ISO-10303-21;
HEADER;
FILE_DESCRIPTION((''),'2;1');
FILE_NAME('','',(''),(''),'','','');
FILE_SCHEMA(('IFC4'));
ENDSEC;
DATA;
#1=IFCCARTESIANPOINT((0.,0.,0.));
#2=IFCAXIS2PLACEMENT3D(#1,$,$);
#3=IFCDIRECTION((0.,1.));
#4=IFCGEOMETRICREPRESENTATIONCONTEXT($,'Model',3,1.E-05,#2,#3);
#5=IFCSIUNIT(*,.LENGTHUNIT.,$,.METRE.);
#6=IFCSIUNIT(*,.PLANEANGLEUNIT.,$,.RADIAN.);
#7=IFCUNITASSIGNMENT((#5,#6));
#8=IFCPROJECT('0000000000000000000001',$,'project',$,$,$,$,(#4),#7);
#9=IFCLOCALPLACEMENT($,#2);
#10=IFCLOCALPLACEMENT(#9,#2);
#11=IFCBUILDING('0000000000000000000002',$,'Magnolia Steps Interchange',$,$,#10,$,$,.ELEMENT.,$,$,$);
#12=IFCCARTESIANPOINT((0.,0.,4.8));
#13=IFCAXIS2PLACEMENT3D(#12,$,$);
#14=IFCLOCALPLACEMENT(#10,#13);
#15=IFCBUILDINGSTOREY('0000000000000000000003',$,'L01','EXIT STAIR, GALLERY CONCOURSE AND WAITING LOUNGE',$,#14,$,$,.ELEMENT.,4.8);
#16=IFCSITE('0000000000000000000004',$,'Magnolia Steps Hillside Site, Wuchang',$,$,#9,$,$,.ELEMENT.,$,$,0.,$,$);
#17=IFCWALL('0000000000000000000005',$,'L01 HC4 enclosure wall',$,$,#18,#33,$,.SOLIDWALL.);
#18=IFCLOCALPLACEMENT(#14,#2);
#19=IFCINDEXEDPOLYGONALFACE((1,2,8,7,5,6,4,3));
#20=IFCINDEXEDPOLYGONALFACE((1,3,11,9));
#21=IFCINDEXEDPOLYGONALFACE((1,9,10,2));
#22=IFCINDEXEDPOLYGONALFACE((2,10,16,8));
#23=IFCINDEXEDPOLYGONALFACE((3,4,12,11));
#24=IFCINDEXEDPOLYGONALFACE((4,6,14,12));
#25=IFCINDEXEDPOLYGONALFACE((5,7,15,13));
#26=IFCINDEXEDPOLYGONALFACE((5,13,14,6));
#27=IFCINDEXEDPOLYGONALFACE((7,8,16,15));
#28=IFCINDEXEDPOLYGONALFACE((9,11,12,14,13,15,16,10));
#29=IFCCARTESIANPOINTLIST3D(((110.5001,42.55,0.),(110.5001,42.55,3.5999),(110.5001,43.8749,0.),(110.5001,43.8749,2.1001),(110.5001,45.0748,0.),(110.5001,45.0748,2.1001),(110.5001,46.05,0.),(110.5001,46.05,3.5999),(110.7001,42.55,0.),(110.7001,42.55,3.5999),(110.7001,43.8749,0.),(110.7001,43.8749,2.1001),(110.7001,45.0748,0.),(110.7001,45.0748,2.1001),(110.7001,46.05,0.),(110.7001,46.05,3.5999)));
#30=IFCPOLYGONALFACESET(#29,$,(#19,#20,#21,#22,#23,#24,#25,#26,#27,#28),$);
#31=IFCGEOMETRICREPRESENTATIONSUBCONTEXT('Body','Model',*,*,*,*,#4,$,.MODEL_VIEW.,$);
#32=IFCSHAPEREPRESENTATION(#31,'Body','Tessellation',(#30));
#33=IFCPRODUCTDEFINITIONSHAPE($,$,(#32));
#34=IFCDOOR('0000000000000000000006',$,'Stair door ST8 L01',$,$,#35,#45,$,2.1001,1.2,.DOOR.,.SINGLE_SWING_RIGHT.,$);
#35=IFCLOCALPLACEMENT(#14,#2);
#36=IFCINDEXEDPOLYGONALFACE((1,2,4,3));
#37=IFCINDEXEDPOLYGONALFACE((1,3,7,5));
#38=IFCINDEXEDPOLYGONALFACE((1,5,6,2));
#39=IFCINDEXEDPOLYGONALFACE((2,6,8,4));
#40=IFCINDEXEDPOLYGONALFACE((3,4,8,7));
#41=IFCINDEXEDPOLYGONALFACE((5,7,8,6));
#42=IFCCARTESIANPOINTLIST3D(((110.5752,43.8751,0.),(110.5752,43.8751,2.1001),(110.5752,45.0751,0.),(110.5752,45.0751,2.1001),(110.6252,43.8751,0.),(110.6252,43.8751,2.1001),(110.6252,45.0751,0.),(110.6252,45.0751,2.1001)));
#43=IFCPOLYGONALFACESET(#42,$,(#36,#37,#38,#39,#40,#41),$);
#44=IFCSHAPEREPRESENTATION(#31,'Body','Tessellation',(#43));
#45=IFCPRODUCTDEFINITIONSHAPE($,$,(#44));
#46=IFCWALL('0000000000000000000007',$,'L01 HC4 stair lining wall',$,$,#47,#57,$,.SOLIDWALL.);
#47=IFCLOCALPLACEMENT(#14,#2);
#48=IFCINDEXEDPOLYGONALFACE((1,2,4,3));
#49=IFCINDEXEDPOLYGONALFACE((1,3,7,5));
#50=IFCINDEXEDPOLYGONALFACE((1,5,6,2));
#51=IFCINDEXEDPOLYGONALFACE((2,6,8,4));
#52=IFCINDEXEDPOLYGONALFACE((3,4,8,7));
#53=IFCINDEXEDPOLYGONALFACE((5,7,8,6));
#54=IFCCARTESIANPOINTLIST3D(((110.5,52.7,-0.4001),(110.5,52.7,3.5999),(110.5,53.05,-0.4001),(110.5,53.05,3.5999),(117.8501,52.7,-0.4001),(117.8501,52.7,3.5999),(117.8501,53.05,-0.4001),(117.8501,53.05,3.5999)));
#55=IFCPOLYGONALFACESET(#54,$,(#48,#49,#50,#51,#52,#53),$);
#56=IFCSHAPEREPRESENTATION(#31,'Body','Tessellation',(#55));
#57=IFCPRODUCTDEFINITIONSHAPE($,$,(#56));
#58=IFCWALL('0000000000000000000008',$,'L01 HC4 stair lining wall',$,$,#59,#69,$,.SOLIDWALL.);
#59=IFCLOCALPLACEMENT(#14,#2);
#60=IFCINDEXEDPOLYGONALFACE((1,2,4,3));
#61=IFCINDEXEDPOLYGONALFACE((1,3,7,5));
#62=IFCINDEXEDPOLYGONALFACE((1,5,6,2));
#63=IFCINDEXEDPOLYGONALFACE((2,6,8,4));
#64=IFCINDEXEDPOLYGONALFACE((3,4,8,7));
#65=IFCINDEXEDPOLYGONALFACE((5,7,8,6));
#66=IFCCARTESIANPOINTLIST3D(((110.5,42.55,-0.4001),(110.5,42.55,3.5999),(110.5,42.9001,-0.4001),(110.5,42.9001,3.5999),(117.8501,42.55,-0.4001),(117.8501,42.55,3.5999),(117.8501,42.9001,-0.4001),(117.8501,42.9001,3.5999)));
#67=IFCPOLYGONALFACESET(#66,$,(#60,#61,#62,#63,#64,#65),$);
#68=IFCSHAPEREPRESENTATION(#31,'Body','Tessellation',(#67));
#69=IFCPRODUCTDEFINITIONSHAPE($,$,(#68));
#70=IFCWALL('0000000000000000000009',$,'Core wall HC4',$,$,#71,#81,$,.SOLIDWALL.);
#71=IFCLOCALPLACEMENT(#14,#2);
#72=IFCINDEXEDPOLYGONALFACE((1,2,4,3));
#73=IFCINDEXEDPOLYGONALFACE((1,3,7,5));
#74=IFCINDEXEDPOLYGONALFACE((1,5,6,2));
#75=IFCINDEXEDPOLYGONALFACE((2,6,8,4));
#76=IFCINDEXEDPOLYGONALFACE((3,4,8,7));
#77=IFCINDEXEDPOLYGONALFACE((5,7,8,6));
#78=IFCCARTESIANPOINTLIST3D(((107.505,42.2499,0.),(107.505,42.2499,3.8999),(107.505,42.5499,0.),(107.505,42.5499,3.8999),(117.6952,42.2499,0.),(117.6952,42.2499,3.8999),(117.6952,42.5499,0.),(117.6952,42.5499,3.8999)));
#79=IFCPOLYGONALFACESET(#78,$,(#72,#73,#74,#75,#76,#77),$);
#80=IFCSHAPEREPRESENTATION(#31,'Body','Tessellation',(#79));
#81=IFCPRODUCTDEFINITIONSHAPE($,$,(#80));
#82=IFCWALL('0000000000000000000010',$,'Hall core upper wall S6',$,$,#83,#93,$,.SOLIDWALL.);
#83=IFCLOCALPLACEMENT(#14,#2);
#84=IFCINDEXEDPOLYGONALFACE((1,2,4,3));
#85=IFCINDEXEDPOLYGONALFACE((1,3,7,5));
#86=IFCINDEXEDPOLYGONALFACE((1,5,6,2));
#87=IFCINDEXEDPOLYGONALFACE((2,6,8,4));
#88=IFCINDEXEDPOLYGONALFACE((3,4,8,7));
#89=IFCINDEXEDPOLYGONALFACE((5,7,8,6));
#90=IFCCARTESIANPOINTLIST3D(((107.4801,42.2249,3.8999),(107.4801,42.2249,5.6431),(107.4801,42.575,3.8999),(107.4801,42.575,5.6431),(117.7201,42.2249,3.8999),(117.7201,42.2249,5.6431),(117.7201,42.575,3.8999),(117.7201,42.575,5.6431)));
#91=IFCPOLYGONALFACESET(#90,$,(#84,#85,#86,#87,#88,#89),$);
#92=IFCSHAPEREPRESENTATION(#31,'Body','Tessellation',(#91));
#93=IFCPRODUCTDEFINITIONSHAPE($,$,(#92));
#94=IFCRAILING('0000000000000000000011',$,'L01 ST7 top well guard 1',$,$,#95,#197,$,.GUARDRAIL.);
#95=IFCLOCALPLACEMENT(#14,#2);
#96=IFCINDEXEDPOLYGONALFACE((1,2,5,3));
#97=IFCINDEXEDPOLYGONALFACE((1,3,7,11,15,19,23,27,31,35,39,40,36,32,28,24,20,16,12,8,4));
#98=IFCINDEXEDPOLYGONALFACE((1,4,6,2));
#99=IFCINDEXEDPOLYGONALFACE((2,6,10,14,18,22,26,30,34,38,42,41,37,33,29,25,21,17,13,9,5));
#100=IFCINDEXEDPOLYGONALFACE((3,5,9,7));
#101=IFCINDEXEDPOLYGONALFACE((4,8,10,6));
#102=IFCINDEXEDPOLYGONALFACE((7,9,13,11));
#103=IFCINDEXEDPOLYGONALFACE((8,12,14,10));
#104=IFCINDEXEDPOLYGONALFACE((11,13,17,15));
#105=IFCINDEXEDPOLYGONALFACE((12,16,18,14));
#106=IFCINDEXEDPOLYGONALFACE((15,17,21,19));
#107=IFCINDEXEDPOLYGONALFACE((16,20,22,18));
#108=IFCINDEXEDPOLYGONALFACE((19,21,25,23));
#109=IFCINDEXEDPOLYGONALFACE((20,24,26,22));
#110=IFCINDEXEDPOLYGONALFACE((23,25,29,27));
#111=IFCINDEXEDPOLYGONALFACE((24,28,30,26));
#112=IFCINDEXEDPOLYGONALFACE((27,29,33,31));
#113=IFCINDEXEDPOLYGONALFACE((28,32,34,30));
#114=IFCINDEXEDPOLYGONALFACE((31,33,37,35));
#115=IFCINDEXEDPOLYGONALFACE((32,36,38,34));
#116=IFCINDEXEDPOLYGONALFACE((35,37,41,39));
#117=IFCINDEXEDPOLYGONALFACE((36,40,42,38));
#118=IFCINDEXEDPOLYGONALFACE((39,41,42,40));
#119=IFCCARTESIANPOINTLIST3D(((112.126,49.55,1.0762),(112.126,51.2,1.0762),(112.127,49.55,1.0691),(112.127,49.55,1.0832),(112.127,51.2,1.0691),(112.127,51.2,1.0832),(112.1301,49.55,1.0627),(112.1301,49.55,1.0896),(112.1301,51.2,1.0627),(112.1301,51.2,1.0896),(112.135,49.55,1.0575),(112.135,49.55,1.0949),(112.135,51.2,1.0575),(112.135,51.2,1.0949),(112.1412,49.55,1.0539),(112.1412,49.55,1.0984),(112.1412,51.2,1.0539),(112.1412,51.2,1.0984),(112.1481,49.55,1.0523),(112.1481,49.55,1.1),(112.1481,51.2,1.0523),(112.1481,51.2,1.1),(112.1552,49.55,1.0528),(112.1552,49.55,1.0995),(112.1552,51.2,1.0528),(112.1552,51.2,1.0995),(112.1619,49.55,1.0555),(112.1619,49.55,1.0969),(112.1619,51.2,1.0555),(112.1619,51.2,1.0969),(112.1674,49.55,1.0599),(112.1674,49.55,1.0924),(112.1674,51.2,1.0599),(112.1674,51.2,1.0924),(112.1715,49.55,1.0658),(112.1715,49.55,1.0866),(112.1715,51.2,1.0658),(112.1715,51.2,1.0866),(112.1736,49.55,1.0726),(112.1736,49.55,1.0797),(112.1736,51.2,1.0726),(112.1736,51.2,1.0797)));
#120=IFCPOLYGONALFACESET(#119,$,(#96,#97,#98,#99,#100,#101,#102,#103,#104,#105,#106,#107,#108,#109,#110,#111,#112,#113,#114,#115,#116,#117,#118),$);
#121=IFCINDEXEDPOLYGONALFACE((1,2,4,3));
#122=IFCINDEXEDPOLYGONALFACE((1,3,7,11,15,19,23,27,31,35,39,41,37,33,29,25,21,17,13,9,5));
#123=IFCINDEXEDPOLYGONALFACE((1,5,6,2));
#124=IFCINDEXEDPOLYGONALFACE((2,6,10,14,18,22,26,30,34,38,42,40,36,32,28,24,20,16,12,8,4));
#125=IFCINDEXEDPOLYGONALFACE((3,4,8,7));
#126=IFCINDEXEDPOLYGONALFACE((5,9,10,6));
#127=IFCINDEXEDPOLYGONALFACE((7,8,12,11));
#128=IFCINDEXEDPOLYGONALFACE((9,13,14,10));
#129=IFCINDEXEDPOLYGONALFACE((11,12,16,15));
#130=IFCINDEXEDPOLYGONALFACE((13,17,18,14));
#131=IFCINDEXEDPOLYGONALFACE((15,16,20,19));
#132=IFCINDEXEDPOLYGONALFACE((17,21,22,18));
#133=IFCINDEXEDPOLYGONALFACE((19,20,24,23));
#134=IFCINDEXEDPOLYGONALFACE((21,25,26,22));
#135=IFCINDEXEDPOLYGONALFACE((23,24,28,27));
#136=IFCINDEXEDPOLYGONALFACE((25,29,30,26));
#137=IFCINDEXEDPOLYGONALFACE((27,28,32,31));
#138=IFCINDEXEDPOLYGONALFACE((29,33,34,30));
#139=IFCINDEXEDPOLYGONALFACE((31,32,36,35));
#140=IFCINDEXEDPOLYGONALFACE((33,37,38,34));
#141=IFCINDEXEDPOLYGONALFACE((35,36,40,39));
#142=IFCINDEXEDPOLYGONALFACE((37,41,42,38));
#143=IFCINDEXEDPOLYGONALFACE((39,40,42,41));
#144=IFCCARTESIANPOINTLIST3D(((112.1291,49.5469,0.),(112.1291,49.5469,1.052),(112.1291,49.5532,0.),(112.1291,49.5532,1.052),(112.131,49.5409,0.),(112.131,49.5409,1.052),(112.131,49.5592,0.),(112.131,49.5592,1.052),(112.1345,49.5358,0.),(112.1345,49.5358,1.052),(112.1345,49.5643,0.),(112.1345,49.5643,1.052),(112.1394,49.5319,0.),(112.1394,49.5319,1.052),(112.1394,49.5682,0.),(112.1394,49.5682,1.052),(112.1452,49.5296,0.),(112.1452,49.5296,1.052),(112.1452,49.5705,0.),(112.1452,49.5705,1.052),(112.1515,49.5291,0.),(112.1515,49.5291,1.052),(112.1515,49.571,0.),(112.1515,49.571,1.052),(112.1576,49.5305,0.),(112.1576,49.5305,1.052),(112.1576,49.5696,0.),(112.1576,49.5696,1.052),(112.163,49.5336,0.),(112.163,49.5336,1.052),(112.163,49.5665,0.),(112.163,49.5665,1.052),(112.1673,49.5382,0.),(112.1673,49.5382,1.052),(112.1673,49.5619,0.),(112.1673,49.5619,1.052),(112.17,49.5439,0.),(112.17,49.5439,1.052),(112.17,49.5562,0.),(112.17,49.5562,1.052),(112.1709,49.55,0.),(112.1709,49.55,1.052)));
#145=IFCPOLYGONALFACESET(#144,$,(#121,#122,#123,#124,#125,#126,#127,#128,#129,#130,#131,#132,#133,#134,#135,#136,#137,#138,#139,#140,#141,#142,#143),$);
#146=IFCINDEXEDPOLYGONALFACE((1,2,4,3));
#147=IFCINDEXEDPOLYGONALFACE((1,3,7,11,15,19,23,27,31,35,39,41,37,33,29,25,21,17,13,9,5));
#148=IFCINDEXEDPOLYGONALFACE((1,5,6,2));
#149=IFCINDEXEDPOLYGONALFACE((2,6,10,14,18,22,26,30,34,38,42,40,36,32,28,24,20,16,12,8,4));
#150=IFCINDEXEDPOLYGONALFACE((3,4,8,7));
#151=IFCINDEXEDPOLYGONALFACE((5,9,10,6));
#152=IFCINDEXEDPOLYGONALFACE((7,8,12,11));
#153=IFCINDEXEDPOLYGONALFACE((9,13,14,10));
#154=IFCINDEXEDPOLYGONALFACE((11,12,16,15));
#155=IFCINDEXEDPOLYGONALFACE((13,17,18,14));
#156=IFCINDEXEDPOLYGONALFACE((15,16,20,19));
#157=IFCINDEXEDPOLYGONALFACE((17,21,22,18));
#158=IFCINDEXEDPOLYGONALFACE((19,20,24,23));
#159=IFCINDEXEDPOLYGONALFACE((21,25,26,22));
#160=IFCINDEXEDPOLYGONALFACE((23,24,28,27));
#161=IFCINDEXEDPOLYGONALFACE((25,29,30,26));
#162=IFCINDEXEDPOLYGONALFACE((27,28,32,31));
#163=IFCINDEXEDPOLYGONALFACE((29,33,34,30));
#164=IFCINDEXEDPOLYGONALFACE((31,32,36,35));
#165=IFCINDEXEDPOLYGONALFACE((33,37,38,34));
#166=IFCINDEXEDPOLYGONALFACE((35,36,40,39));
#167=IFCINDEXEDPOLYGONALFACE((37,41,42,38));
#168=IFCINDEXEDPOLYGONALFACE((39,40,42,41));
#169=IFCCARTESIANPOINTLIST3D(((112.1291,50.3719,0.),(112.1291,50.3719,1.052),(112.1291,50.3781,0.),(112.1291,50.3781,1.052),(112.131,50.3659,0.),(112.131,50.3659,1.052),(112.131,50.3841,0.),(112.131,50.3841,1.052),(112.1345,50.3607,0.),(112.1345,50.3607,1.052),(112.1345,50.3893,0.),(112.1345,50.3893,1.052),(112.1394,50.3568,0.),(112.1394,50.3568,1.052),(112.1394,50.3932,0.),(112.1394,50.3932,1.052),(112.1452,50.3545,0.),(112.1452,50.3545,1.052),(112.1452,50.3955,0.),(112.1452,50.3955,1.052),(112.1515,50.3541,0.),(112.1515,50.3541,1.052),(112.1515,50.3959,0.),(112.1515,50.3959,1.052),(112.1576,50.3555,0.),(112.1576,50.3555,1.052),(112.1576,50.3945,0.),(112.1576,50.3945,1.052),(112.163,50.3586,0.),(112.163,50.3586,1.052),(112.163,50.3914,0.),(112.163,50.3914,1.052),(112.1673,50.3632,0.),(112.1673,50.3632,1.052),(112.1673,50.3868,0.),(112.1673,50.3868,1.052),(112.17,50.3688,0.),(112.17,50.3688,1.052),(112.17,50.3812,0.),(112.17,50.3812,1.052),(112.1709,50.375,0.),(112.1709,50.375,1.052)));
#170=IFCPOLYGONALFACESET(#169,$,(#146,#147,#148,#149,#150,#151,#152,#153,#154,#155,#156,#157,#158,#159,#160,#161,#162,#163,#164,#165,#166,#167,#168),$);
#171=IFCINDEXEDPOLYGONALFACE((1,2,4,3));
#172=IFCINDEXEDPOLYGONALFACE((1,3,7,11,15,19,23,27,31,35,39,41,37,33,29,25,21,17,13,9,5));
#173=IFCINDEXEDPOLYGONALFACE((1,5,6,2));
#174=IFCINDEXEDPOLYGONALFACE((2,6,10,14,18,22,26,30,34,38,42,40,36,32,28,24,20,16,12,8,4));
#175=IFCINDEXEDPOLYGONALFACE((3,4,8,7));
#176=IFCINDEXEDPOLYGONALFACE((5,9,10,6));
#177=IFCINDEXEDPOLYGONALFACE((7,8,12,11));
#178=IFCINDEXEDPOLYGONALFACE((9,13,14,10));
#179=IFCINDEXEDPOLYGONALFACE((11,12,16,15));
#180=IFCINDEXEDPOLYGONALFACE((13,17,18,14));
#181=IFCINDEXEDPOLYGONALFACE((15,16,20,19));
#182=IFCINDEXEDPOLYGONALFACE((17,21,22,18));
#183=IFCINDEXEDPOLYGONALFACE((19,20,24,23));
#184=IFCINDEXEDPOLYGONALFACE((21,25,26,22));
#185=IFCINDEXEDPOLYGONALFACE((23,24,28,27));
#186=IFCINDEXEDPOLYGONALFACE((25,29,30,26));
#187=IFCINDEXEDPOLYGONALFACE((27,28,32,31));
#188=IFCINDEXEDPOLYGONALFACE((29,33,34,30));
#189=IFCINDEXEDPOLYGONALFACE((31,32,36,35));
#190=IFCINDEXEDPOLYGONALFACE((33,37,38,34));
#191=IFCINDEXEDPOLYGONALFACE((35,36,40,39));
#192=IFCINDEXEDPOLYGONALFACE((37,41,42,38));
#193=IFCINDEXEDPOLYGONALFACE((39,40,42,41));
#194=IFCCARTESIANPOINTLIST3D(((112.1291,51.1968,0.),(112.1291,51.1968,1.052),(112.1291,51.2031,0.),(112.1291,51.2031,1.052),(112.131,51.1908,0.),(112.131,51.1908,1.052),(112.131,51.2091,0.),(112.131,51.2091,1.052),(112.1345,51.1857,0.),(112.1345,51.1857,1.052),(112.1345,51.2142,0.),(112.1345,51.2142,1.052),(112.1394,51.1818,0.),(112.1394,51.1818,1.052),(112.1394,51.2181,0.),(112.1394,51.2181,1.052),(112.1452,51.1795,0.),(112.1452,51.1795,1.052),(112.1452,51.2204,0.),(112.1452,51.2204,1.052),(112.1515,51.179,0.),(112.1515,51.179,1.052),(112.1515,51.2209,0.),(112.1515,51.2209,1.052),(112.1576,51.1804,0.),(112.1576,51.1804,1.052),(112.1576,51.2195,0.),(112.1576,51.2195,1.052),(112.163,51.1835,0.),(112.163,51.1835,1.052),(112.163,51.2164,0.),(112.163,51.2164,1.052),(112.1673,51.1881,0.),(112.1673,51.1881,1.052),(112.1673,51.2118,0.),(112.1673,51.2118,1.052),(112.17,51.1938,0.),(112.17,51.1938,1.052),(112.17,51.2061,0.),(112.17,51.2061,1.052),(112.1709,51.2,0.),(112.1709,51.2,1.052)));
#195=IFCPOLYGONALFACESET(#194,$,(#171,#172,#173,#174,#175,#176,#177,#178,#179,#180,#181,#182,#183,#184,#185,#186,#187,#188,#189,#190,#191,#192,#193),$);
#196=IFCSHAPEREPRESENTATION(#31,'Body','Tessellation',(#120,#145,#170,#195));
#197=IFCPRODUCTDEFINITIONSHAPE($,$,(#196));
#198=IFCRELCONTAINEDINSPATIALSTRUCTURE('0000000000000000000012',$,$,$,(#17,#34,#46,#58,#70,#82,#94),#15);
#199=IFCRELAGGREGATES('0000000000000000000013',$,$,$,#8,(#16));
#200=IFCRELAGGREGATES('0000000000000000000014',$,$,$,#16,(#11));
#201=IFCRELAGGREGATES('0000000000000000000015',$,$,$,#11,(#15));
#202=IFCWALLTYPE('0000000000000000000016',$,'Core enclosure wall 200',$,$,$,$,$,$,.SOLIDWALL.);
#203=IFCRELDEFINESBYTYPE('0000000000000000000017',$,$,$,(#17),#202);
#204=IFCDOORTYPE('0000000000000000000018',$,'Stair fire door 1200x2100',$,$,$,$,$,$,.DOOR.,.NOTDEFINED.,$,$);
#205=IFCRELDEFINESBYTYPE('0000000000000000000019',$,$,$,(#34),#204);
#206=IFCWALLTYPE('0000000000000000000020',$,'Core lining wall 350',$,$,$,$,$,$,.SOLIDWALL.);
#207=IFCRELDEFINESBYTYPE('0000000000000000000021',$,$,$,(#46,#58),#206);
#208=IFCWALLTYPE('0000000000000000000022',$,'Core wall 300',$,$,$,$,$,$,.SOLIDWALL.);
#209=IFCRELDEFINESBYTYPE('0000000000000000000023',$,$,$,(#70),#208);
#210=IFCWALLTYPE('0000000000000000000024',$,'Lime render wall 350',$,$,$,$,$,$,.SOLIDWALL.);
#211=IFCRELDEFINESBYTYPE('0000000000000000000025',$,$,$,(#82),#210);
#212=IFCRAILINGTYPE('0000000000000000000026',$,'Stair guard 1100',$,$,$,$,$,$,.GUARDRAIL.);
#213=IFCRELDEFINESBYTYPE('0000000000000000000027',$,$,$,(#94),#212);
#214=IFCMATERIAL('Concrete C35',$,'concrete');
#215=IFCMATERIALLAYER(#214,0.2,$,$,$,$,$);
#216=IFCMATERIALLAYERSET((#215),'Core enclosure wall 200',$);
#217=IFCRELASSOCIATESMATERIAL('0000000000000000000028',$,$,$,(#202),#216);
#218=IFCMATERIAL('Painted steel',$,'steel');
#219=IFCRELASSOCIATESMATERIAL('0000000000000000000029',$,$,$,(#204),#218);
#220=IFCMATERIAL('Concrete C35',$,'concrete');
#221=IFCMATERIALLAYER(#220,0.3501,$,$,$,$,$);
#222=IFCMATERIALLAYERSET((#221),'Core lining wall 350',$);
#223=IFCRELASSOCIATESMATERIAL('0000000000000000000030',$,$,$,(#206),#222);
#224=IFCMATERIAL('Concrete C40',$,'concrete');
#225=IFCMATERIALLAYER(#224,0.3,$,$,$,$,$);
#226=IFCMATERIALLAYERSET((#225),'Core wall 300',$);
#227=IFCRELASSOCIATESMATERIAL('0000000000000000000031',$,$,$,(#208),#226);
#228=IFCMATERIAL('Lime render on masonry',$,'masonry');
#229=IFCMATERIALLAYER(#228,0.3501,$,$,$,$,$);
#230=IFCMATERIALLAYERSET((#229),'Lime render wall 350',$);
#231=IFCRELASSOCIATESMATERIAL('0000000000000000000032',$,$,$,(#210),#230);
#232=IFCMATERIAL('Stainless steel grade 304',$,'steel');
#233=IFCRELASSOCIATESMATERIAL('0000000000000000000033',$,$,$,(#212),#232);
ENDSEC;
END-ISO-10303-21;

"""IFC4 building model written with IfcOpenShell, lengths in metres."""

from ifc_helpers import new_model, si_unit, direction, frame, frame_2d, origin, origin_2d, place, context, subcontext, project, spatial, rectangle, circle, extrude, material, layer, layer_set, type_object, element, fill, save


model = new_model("IFC4")

# Units and contexts
model_context = context("Model", 3, precision=1e-05, world=origin(), true_north=direction((0.0, 1.0)))
body_context = subcontext(model_context, "Body", "Model", "MODEL_VIEW")
ifc_project = project(units=[si_unit("LENGTHUNIT", "METRE"), si_unit("PLANEANGLEUNIT", "RADIAN")], contexts=[model_context])

# Site, building, storey
site_placement = place(None, origin())
site = spatial("IfcSite", under=ifc_project, at=site_placement, Name="Magnolia Steps Hillside Site, Wuchang", CompositionType="ELEMENT", RefElevation=0.0)
building_placement = place(site_placement, origin())
building = spatial("IfcBuilding", under=site, at=building_placement, Name="Magnolia Steps Interchange", CompositionType="ELEMENT")
storey_placement = place(building_placement, frame((0.0, 0.0, 4.8)))
storey = spatial("IfcBuildingStorey", under=building, at=storey_placement, Name="L01", Description="EXIT STAIR, GALLERY CONCOURSE AND WAITING LOUNGE", CompositionType="ELEMENT", Elevation=4.8)

# Shared definitions
ifc_material_1 = material(Name="Concrete C35", Category="concrete")
ifc_layer_1 = layer(ifc_material_1, 0.2)
ifc_layer_set_1 = layer_set([ifc_layer_1], Name="Core enclosure wall 200")
wall_type_1 = type_object("IfcWallType", Name="Core enclosure wall 200", PredefinedType="SOLIDWALL", material=ifc_layer_set_1)

# Wall, opening, door
wall_1_placement = place(storey_placement, frame((110.6001, 46.05, 0.0), z_axis=(0.0, 0.0, 1.0), x_axis=(0.0, -1.0, 0.0)))
wall_1 = element("IfcWall", 1, at=wall_1_placement, inside=storey, type_object=wall_type_1, Name="L01 HC4 enclosure wall", PredefinedType="SOLIDWALL", context=body_context, shape_type="SweptSolid", body=[
    extrude(rectangle(XDim=3.5, YDim=0.2, at=frame_2d((1.75, 0.0))), origin(), (0.0, 0.0, 1.0), 3.5999),
])
opening_1_placement = place(wall_1_placement, frame((0.9751, 0.0, 0.0)))
opening_1 = element("IfcOpeningElement", 2, at=opening_1_placement, cuts=wall_1, PredefinedType="OPENING", context=body_context, shape_type="SweptSolid", body=[
    extrude(rectangle(XDim=1.2, YDim=2.1001, at=frame_2d((0.6001, 1.05))), frame((0.0, 0.1099, 0.0), z_axis=(0.0, -1.0, 0.0), x_axis=(1.0, 0.0, 0.0)), (0.0, 0.0, 1.0), 0.22),
])
ifc_material_2 = material(Name="Painted steel", Category="steel")
door_type_1 = type_object("IfcDoorType", Name="Stair fire door 1200x2100", OperationType="NOTDEFINED", PredefinedType="DOOR", material=ifc_material_2)
door_1_placement = place(opening_1_placement, frame((1.2, 0.0, 0.0), z_axis=(0.0, 0.0, 1.0), x_axis=(-1.0, 0.0, 0.0)))
door_1 = element("IfcDoor", 3, at=door_1_placement, inside=storey, type_object=door_type_1, Name="Stair door ST8 L01", OperationType="SINGLE_SWING_RIGHT", OverallHeight=2.1001, OverallWidth=1.2, PredefinedType="DOOR", context=body_context, shape_type="SweptSolid", body=[
    extrude(rectangle(XDim=1.2, YDim=2.1001, at=frame_2d((0.6001, 1.05))), frame((0.0, 0.0249, 0.0), z_axis=(0.0, -1.0, 0.0), x_axis=(1.0, 0.0, 0.0)), (0.0, 0.0, 1.0), 0.05),
])
fill(opening_1, door_1)

# Walls
ifc_material_3 = material(Name="Concrete C35", Category="concrete")
ifc_layer_2 = layer(ifc_material_3, 0.3501)
ifc_layer_set_2 = layer_set([ifc_layer_2], Name="Core lining wall 350")
wall_type_2 = type_object("IfcWallType", Name="Core lining wall 350", PredefinedType="SOLIDWALL", material=ifc_layer_set_2)
for number, where, z_axis, x_axis, name in (
    (4, (110.5, 52.875, -0.4001), (0.0, 0.0, 1.0), (1.0, 0.0, 0.0), "L01 HC4 stair lining wall"),
    (5, (110.5, 42.7251, -0.4001), (0.0, 0.0, 1.0), (1.0, 0.0, 0.0), "L01 HC4 stair lining wall"),
):
    element("IfcWall", number, at=place(storey_placement, frame(where, z_axis=z_axis, x_axis=x_axis)), inside=storey, type_object=wall_type_2, Name=name, PredefinedType="SOLIDWALL", context=body_context, shape_type="SweptSolid", body=[
        extrude(rectangle(XDim=7.3501, YDim=0.3501, at=frame_2d((3.675, 0.0))), origin(), (0.0, 0.0, 1.0), 4.0),
    ])
ifc_material_4 = material(Name="Concrete C40", Category="concrete")
ifc_layer_3 = layer(ifc_material_4, 0.3)
ifc_layer_set_3 = layer_set([ifc_layer_3], Name="Core wall 300")
wall_type_3 = type_object("IfcWallType", Name="Core wall 300", PredefinedType="SOLIDWALL", material=ifc_layer_set_3)
wall_2_placement = place(storey_placement, frame((107.5049, 42.3999, 0.0), z_axis=(0.0, 0.0, 1.0), x_axis=(1.0, 0.0, 0.0)))
element("IfcWall", 6, at=wall_2_placement, inside=storey, type_object=wall_type_3, Name="Core wall HC4", PredefinedType="SOLIDWALL", context=body_context, shape_type="SweptSolid", body=[
    extrude(rectangle(XDim=10.1902, YDim=0.3, at=frame_2d((5.0952, 0.0))), origin(), (0.0, 0.0, 1.0), 3.8999),
])
ifc_material_5 = material(Name="Lime render on masonry", Category="masonry")
ifc_layer_4 = layer(ifc_material_5, 0.3501)
ifc_layer_set_4 = layer_set([ifc_layer_4], Name="Lime render wall 350")
wall_type_4 = type_object("IfcWallType", Name="Lime render wall 350", PredefinedType="SOLIDWALL", material=ifc_layer_set_4)
wall_3_placement = place(storey_placement, frame((107.48, 42.3999, 3.8999), z_axis=(0.0, 0.0, 1.0), x_axis=(1.0, 0.0, 0.0)))
element("IfcWall", 7, at=wall_3_placement, inside=storey, type_object=wall_type_4, Name="Hall core upper wall S6", PredefinedType="SOLIDWALL", context=body_context, shape_type="SweptSolid", body=[
    extrude(rectangle(XDim=10.24, YDim=0.3501, at=frame_2d((5.1201, 0.0))), origin(), (0.0, 0.0, 1.0), 1.7432),
])

# Railing
ifc_material_6 = material(Name="Stainless steel grade 304", Category="steel")
railing_type = type_object("IfcRailingType", Name="Stair guard 1100", PredefinedType="GUARDRAIL", material=ifc_material_6)
railing_1_placement = place(storey_placement, frame((112.1499, 49.55, 0.0)))
element("IfcRailing", 8, at=railing_1_placement, inside=storey, type_object=railing_type, Name="L01 ST7 top well guard 1", PredefinedType="GUARDRAIL", context=body_context, shape_type="SweptSolid", body=[
    extrude(circle(Radius=0.0239, at=origin_2d()), frame((0.0, 0.0, 1.0762), z_axis=(0.0, 1.0, 0.0), x_axis=(-1.0, 0.0, 0.0)), (0.0, 0.0, 1.0), 1.6499),
    extrude(circle(Radius=0.021, at=origin_2d()), origin(), (0.0, 0.0, 1.0), 1.052),
    extrude(circle(Radius=0.021, at=origin_2d()), frame((0.0, 0.825, 0.0)), (0.0, 0.0, 1.0), 1.052),
    extrude(circle(Radius=0.021, at=origin_2d()), frame((0.0, 1.6499, 0.0)), (0.0, 0.0, 1.0), 1.052),
])

save(model, "model.ifc")
